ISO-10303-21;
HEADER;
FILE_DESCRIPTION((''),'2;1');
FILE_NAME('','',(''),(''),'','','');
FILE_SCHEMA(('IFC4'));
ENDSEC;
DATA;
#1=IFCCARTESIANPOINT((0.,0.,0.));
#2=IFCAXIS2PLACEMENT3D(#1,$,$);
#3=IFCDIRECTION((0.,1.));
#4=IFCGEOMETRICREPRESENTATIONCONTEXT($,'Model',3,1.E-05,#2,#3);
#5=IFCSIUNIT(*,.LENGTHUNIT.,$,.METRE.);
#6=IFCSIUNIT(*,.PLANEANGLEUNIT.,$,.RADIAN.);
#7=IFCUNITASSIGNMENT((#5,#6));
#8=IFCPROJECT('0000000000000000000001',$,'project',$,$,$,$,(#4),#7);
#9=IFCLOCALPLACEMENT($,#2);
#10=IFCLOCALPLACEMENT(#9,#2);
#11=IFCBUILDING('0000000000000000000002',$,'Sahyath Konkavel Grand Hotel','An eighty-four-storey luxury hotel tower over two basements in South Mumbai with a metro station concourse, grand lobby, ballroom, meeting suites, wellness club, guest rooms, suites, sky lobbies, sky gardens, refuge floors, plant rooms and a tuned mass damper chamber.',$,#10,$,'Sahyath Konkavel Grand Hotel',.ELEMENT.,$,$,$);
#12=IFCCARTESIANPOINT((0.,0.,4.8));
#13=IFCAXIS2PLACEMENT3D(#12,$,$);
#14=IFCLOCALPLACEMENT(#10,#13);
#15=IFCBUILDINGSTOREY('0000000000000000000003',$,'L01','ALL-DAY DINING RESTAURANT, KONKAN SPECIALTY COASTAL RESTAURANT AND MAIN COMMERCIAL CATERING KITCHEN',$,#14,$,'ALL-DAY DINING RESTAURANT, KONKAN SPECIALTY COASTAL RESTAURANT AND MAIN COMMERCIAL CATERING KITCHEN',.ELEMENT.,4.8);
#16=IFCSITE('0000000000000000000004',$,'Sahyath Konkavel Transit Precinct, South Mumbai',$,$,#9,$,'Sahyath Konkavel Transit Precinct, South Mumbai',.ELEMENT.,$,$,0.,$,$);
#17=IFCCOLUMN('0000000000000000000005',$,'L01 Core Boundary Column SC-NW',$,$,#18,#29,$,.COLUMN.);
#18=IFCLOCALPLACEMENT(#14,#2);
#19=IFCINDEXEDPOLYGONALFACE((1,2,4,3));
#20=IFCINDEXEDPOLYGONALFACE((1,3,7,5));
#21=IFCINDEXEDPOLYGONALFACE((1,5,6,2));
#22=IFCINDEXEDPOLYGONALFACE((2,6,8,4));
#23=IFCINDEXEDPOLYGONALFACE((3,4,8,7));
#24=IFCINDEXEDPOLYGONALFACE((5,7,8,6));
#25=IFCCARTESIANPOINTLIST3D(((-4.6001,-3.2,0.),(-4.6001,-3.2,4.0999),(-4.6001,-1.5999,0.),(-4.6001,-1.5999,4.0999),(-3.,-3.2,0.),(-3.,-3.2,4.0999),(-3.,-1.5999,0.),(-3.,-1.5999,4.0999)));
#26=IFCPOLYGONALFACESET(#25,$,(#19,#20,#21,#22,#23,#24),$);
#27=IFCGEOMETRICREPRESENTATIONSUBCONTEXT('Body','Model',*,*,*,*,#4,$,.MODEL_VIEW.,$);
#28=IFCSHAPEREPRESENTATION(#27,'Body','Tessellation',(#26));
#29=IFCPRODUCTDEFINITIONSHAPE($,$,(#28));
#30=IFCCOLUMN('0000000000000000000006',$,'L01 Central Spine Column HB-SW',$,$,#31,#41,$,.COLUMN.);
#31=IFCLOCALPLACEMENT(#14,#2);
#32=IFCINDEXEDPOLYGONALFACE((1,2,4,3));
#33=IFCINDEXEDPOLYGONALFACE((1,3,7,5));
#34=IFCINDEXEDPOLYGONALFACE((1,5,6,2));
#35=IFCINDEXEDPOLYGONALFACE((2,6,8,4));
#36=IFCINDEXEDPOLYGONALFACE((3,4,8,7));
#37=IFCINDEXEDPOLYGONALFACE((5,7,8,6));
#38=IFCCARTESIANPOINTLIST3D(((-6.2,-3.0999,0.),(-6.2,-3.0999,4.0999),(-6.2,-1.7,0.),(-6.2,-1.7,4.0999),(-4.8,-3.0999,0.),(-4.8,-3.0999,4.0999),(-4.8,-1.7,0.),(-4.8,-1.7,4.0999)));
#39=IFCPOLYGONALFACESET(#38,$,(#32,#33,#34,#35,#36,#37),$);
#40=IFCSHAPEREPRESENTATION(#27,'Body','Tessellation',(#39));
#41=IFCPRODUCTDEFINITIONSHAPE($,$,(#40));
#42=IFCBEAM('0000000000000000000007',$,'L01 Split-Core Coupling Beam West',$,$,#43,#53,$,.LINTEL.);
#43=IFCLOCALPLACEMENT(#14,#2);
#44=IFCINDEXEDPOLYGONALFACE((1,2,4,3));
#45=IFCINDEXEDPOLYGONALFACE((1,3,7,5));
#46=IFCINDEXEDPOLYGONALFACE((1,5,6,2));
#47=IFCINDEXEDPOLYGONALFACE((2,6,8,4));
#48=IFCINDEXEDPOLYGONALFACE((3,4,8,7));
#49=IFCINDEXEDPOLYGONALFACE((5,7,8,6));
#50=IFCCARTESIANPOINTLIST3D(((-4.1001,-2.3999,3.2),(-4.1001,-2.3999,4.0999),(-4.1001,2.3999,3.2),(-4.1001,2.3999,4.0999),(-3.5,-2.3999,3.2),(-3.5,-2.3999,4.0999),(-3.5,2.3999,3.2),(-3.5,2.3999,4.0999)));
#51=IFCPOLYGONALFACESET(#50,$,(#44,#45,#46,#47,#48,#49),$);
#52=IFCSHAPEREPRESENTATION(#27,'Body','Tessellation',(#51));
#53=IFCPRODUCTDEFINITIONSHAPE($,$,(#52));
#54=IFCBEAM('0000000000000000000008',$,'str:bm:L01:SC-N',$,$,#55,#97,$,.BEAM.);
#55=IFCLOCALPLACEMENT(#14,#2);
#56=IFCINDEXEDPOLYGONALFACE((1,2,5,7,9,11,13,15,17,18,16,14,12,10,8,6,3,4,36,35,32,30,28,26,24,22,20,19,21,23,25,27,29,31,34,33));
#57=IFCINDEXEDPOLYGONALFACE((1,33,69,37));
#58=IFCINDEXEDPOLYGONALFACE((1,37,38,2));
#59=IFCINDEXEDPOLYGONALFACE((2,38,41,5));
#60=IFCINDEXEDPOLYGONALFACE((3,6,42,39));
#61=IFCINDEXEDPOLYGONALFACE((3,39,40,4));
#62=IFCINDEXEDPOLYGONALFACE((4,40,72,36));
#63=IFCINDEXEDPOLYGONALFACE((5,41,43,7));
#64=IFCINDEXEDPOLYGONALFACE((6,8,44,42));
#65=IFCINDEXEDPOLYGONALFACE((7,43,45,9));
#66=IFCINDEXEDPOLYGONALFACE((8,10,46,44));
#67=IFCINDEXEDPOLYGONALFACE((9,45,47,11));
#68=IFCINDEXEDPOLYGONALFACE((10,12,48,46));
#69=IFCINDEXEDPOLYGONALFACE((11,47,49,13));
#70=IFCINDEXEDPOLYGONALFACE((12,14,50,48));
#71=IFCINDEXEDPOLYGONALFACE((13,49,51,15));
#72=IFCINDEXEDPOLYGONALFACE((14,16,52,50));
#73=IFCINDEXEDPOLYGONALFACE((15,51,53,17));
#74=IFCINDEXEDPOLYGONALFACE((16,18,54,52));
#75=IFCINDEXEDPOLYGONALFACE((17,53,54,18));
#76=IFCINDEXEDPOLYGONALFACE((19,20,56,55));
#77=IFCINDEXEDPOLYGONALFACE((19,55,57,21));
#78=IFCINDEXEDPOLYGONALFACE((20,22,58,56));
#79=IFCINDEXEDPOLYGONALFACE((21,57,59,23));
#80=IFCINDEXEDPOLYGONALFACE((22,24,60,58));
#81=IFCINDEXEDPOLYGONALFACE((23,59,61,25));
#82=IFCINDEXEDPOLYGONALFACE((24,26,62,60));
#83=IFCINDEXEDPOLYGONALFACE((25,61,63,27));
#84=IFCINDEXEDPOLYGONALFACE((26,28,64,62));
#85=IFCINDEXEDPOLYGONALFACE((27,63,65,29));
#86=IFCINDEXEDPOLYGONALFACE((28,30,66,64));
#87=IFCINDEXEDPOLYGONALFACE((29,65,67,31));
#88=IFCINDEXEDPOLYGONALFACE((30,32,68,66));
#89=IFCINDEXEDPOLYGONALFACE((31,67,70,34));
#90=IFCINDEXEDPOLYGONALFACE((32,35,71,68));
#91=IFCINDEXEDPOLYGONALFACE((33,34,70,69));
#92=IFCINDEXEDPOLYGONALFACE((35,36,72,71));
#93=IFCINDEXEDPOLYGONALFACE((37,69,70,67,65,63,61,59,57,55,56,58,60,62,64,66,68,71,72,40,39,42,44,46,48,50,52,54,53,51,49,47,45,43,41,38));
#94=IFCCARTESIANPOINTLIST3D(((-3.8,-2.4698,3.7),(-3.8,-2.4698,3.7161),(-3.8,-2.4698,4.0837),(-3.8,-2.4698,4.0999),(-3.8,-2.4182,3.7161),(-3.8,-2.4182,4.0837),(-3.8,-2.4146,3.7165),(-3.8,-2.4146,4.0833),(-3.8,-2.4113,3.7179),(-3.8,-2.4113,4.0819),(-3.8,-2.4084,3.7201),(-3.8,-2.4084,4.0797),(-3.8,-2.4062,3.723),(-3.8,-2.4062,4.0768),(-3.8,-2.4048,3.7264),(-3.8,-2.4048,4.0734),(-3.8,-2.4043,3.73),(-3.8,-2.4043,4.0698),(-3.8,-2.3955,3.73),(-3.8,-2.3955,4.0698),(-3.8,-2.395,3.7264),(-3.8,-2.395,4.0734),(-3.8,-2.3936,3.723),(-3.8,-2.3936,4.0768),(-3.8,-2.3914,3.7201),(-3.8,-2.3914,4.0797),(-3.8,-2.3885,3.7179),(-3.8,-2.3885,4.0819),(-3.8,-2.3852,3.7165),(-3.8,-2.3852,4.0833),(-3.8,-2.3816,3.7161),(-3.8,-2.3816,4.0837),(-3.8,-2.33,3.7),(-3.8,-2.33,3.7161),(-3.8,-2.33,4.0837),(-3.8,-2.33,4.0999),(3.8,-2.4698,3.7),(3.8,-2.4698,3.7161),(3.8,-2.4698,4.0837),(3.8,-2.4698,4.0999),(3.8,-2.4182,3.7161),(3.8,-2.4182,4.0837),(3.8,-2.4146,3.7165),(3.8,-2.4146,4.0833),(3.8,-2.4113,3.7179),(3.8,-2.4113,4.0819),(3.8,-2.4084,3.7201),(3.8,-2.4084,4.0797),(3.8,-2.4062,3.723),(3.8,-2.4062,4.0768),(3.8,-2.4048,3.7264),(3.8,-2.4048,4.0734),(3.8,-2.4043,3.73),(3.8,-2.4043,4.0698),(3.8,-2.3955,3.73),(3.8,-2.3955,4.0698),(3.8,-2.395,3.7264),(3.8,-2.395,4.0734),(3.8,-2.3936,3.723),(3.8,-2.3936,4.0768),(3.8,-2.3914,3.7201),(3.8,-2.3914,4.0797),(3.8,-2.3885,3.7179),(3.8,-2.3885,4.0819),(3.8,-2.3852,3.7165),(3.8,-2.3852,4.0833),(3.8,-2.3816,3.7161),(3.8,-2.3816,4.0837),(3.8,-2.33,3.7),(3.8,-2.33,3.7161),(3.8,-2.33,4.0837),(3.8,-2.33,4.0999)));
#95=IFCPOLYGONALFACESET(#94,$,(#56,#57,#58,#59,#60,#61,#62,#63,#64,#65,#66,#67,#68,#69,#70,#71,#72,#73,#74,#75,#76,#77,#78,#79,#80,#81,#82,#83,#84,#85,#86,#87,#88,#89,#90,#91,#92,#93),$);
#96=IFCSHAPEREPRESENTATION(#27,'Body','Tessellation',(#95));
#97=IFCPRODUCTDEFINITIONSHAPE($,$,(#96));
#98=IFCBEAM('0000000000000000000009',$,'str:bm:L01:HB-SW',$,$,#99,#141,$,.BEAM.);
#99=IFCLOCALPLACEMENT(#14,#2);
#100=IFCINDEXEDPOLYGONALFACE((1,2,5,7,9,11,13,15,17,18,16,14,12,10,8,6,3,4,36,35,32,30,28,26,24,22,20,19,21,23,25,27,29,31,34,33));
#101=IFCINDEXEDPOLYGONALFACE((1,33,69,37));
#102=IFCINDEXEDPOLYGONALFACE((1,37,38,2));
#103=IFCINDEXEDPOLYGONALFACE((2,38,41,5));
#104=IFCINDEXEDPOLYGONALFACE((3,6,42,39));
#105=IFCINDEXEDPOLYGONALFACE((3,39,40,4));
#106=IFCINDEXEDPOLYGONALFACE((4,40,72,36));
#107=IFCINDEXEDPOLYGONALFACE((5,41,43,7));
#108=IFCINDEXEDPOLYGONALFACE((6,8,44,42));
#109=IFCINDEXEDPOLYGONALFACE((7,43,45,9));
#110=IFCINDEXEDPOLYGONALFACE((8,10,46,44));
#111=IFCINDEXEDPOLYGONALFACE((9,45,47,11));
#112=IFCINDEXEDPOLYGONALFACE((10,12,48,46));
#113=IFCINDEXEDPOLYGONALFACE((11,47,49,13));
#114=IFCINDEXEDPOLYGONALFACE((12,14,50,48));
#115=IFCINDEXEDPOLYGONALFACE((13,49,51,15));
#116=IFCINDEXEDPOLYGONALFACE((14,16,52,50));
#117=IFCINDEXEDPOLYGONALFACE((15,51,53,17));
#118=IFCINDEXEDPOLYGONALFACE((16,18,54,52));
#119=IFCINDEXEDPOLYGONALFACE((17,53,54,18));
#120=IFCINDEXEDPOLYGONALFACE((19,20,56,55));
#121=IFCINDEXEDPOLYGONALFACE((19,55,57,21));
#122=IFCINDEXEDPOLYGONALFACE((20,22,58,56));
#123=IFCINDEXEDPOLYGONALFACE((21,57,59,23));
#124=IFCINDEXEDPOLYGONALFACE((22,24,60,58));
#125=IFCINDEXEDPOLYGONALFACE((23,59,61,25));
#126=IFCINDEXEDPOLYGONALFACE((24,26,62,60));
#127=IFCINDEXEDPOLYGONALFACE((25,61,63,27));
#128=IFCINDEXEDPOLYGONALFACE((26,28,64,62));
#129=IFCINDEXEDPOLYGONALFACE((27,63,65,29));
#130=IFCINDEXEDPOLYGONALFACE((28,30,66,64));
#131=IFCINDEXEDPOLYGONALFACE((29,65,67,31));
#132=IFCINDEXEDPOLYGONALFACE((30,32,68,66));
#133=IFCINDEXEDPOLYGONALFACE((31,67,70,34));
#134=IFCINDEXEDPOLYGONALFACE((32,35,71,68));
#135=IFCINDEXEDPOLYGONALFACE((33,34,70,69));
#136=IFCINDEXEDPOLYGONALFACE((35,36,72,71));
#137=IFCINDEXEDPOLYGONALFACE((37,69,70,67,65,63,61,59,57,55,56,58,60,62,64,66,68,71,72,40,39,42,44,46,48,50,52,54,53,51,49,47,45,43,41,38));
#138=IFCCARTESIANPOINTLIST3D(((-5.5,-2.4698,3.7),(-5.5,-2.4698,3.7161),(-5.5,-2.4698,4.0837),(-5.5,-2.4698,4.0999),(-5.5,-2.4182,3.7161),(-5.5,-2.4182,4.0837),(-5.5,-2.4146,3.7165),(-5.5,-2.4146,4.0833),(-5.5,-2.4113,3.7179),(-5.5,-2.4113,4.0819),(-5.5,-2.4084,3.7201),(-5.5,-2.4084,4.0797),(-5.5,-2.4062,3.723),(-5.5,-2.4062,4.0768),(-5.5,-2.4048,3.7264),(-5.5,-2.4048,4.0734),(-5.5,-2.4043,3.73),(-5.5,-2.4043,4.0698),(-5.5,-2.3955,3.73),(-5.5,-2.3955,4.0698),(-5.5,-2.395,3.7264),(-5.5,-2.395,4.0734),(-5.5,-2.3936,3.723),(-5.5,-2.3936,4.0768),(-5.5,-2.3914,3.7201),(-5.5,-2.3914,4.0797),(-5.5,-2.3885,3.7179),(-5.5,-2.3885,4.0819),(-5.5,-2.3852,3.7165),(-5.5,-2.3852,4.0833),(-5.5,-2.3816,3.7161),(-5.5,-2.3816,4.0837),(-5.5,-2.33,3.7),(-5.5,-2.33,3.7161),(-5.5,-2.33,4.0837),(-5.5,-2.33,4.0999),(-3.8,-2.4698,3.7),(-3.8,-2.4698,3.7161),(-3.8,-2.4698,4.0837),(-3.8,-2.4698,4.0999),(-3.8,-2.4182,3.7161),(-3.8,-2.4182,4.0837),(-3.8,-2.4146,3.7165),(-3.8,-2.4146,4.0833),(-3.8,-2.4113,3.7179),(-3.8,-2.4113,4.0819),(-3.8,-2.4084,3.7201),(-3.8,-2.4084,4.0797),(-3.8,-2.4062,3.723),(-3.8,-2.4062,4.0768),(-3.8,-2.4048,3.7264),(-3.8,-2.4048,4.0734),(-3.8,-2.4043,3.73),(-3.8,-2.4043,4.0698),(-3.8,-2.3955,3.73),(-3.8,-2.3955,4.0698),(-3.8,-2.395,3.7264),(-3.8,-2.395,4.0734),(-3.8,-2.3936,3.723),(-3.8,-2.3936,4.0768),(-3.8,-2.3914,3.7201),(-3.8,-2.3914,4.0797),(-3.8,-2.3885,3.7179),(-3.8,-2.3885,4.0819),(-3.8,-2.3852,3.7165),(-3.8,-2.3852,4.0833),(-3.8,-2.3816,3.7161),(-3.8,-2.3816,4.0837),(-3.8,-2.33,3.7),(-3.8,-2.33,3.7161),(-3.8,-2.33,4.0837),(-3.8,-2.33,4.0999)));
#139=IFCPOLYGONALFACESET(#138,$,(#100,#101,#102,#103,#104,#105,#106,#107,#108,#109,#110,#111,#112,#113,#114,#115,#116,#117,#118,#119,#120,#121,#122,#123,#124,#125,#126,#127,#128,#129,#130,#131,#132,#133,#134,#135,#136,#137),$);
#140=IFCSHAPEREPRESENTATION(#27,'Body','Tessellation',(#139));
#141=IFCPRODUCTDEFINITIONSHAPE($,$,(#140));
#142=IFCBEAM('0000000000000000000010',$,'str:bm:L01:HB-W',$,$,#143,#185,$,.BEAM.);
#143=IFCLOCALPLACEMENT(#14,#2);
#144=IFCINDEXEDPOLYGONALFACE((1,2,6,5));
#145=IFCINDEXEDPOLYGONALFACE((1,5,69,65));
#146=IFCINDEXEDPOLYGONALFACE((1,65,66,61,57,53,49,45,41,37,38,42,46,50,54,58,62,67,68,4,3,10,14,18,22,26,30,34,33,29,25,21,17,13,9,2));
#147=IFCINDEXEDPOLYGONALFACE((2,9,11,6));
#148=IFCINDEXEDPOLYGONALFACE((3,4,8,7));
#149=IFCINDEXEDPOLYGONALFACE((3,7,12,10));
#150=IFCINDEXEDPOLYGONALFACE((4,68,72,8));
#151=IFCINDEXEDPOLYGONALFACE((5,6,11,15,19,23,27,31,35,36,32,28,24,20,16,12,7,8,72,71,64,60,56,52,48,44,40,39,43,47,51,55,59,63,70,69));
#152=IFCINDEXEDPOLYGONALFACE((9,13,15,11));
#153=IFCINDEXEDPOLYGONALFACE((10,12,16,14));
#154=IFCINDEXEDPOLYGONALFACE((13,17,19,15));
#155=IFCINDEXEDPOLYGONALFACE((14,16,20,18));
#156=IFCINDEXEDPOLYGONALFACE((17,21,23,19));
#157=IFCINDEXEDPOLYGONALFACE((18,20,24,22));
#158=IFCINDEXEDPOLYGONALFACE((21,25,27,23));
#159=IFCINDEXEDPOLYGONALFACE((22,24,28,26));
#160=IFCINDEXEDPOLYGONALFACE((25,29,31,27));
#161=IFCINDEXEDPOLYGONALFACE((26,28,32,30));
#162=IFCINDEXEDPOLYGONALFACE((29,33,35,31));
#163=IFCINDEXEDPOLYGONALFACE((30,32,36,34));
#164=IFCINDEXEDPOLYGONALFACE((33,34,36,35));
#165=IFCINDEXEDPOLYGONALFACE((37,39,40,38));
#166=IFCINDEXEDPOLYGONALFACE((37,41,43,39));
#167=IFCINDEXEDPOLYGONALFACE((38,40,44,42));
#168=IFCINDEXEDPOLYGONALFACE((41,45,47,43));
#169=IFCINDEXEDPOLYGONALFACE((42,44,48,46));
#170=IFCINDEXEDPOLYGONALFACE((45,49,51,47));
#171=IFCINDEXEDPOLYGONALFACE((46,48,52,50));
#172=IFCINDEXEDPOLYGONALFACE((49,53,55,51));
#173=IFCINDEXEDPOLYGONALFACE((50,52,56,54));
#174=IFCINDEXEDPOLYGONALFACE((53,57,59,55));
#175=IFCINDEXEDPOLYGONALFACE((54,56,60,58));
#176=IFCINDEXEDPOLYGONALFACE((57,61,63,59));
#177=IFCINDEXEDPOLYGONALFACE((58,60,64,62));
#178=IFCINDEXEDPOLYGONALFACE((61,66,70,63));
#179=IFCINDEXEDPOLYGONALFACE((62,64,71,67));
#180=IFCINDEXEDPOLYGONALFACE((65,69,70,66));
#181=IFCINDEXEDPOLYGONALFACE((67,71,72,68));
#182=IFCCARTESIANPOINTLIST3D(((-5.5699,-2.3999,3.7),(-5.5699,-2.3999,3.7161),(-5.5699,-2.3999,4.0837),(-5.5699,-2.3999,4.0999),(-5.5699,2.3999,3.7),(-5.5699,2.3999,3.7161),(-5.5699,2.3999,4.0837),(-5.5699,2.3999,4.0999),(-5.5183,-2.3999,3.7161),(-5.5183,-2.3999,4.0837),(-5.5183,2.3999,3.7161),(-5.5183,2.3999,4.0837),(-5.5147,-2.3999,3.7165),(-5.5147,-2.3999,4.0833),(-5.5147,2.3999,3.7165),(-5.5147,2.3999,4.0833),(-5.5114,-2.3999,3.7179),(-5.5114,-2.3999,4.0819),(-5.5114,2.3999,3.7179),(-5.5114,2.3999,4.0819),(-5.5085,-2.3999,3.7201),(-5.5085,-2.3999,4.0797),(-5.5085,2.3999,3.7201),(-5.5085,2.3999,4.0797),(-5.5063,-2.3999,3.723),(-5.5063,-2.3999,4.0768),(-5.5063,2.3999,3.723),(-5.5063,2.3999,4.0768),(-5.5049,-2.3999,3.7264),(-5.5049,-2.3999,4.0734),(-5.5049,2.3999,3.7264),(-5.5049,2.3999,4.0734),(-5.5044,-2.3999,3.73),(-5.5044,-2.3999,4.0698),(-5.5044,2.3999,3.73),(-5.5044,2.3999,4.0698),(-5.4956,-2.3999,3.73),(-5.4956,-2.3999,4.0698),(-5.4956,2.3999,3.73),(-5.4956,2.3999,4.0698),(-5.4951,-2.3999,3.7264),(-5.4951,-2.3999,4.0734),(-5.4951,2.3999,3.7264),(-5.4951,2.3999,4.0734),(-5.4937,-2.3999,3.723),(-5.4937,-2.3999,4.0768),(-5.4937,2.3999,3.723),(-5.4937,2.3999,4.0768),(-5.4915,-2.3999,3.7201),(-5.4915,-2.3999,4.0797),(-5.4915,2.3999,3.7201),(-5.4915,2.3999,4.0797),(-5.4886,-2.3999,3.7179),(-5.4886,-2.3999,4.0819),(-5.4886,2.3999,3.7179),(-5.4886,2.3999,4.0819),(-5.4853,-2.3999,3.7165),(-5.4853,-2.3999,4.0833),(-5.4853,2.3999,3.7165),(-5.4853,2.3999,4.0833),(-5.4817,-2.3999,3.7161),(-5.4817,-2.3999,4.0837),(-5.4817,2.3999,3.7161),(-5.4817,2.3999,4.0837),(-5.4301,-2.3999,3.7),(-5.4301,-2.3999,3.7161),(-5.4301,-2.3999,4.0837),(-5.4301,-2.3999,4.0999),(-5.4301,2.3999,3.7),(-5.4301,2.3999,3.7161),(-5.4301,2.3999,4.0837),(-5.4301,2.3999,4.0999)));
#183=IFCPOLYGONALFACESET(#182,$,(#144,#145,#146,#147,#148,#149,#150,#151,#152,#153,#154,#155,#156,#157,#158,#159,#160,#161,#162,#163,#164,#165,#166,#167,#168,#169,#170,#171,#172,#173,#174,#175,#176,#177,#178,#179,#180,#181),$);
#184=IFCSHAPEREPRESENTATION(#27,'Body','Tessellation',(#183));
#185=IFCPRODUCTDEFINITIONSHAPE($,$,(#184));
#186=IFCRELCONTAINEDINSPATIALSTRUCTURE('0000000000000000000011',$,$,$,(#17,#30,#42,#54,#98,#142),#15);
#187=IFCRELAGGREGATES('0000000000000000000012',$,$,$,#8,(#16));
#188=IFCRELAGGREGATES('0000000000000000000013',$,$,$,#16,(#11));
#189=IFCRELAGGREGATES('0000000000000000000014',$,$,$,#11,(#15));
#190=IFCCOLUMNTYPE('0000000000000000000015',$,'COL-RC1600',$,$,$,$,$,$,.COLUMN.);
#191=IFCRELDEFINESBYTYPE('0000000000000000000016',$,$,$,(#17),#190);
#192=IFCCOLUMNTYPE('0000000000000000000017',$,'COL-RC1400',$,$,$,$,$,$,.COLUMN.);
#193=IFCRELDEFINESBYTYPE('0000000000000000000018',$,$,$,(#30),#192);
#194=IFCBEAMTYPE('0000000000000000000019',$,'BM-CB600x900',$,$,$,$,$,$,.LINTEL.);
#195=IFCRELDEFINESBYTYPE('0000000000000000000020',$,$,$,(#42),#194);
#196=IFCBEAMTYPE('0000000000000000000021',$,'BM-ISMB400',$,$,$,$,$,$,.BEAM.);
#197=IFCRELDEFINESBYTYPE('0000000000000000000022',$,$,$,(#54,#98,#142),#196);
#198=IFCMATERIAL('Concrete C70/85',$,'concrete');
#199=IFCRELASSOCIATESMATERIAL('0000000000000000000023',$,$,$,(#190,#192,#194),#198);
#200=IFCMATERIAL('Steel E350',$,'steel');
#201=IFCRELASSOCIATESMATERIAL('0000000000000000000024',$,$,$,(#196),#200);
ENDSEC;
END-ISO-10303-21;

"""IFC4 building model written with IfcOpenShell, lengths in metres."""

from ifc_helpers import new_model, si_unit, direction, frame, origin, origin_2d, place, context, subcontext, project, spatial, rectangle, i_section, extrude, source, transform, mapped, material, material_profile, profile_set, type_object, element, save


model = new_model("IFC4")

# Units and contexts
model_context = context("Model", 3, precision=1e-05, world=origin(), true_north=direction((0.0, 1.0)))
body_context = subcontext(model_context, "Body", "Model", "MODEL_VIEW")
ifc_project = project(units=[si_unit("LENGTHUNIT", "METRE"), si_unit("PLANEANGLEUNIT", "RADIAN")], contexts=[model_context])

# Site, building, storey
site_placement = place(None, origin())
site = spatial("IfcSite", under=ifc_project, at=site_placement, Name="Sahyath Konkavel Transit Precinct, South Mumbai", LongName="Sahyath Konkavel Transit Precinct, South Mumbai", CompositionType="ELEMENT", RefElevation=0.0)
building_placement = place(site_placement, origin())
building = spatial("IfcBuilding", under=site, at=building_placement, Name="Sahyath Konkavel Grand Hotel", Description="An eighty-four-storey luxury hotel tower over two basements in South Mumbai with a metro station concourse, grand lobby, ballroom, meeting suites, wellness club, guest rooms, suites, sky lobbies, sky gardens, refuge floors, plant rooms and a tuned mass damper chamber.", LongName="Sahyath Konkavel Grand Hotel", CompositionType="ELEMENT")
storey_placement = place(building_placement, frame((0.0, 0.0, 4.8)))
storey = spatial("IfcBuildingStorey", under=building, at=storey_placement, Name="L01", Description="ALL-DAY DINING RESTAURANT, KONKAN SPECIALTY COASTAL RESTAURANT AND MAIN COMMERCIAL CATERING KITCHEN", LongName="ALL-DAY DINING RESTAURANT, KONKAN SPECIALTY COASTAL RESTAURANT AND MAIN COMMERCIAL CATERING KITCHEN", CompositionType="ELEMENT", Elevation=4.8)

# Columns
ifc_material_1 = material(Name="Concrete C70/85", Category="concrete")
ifc_material_profile_1 = material_profile(ifc_material_1, rectangle(XDim=1.6001, YDim=1.6001, at=origin_2d()), Name="RC 1600x1600")
ifc_profile_set_1 = profile_set([ifc_material_profile_1], Name="Concrete C70/85")
column_type_1 = type_object("IfcColumnType", Name="COL-RC1600", PredefinedType="COLUMN", material=ifc_profile_set_1)
shared_shape_1 = source(origin(), body_context, "Body", "SweptSolid", [
    extrude(rectangle(XDim=1.6001, YDim=1.6001, at=origin_2d()), origin(), (0.0, 0.0, 1.0), 4.0999),
])
column_1_placement = place(storey_placement, frame((-3.8, -2.3999, 0.0), z_axis=(0.0, 0.0, 1.0), x_axis=(1.0, 0.0, 0.0)))
element("IfcColumn", 1, at=column_1_placement, inside=storey, type_object=column_type_1, Name="L01 Core Boundary Column SC-NW", PredefinedType="COLUMN", context=body_context, shape_type="MappedRepresentation", body=[
    mapped(shared_shape_1, transform((0.0, 0.0, 0.0), scale=1.0)),
])
ifc_material_profile_2 = material_profile(ifc_material_1, rectangle(XDim=1.3999, YDim=1.3999, at=origin_2d()), Name="RC 1400x1400")
ifc_profile_set_2 = profile_set([ifc_material_profile_2], Name="Concrete C70/85")
column_type_2 = type_object("IfcColumnType", Name="COL-RC1400", PredefinedType="COLUMN", material=ifc_profile_set_2)
shared_shape_2 = source(origin(), body_context, "Body", "SweptSolid", [
    extrude(rectangle(XDim=1.3999, YDim=1.3999, at=origin_2d()), origin(), (0.0, 0.0, 1.0), 4.0999),
])
column_2_placement = place(storey_placement, frame((-5.5, -2.3999, 0.0), z_axis=(0.0, 0.0, 1.0), x_axis=(1.0, 0.0, 0.0)))
element("IfcColumn", 2, at=column_2_placement, inside=storey, type_object=column_type_2, Name="L01 Central Spine Column HB-SW", PredefinedType="COLUMN", context=body_context, shape_type="MappedRepresentation", body=[
    mapped(shared_shape_2, transform((0.0, 0.0, 0.0), scale=1.0)),
])

# Beams
ifc_material_profile_3 = material_profile(ifc_material_1, rectangle(XDim=0.6001, YDim=0.8999, at=origin_2d()), Name="RC 600x900")
ifc_profile_set_3 = profile_set([ifc_material_profile_3], Name="Concrete C70/85")
beam_type_1 = type_object("IfcBeamType", Name="BM-CB600x900", PredefinedType="LINTEL", material=ifc_profile_set_3)
shared_shape_3 = source(origin(), body_context, "Body", "SweptSolid", [
    extrude(rectangle(XDim=0.6001, YDim=0.8999, at=origin_2d()), origin(), (0.0, 0.0, 1.0), 4.7998),
])
beam_1_placement = place(storey_placement, frame((-3.8, -2.3999, 3.6499), z_axis=(0.0, 1.0, 0.0), x_axis=(-1.0, 0.0, 0.0)))
element("IfcBeam", 3, at=beam_1_placement, inside=storey, type_object=beam_type_1, Name="L01 Split-Core Coupling Beam West", PredefinedType="LINTEL", context=body_context, shape_type="MappedRepresentation", body=[
    mapped(shared_shape_3, transform((0.0, 0.0, 0.0), scale=1.0)),
])
ifc_material_2 = material(Name="Steel E350", Category="steel")
ifc_material_profile_4 = material_profile(ifc_material_2, i_section(OverallWidth=0.1399, OverallDepth=0.3999, WebThickness=0.0088, FlangeThickness=0.0161, FilletRadius=0.0139, at=origin_2d()), Name="ISMB 400")
ifc_profile_set_4 = profile_set([ifc_material_profile_4], Name="Steel E350")
beam_type_2 = type_object("IfcBeamType", Name="BM-ISMB400", PredefinedType="BEAM", material=ifc_profile_set_4)
shared_shape_4 = source(origin(), body_context, "Body", "SweptSolid", [
    extrude(i_section(OverallWidth=0.1399, OverallDepth=0.3999, WebThickness=0.0088, FlangeThickness=0.0161, FilletRadius=0.0139, at=origin_2d()), origin(), (0.0, 0.0, 1.0), 7.6001),
])
beam_2_placement = place(storey_placement, frame((-3.8, -2.3999, 3.8999), z_axis=(1.0, 0.0, 0.0), x_axis=(0.0, 1.0, 0.0)))
element("IfcBeam", 4, at=beam_2_placement, inside=storey, type_object=beam_type_2, Name="str:bm:L01:SC-N", PredefinedType="BEAM", context=body_context, shape_type="MappedRepresentation", body=[
    mapped(shared_shape_4, transform((0.0, 0.0, 0.0), scale=1.0)),
])
shared_shape_5 = source(origin(), body_context, "Body", "SweptSolid", [
    extrude(i_section(OverallWidth=0.1399, OverallDepth=0.3999, WebThickness=0.0088, FlangeThickness=0.0161, FilletRadius=0.0139, at=origin_2d()), origin(), (0.0, 0.0, 1.0), 1.7),
])
beam_3_placement = place(storey_placement, frame((-5.5, -2.3999, 3.8999), z_axis=(1.0, 0.0, 0.0), x_axis=(0.0, 1.0, 0.0)))
element("IfcBeam", 5, at=beam_3_placement, inside=storey, type_object=beam_type_2, Name="str:bm:L01:HB-SW", PredefinedType="BEAM", context=body_context, shape_type="MappedRepresentation", body=[
    mapped(shared_shape_5, transform((0.0, 0.0, 0.0), scale=1.0)),
])
shared_shape_6 = source(origin(), body_context, "Body", "SweptSolid", [
    extrude(i_section(OverallWidth=0.1399, OverallDepth=0.3999, WebThickness=0.0088, FlangeThickness=0.0161, FilletRadius=0.0139, at=origin_2d()), origin(), (0.0, 0.0, 1.0), 4.7998),
])
beam_4_placement = place(storey_placement, frame((-5.5, -2.3999, 3.8999), z_axis=(0.0, 1.0, 0.0), x_axis=(-1.0, 0.0, 0.0)))
element("IfcBeam", 6, at=beam_4_placement, inside=storey, type_object=beam_type_2, Name="str:bm:L01:HB-W", PredefinedType="BEAM", context=body_context, shape_type="MappedRepresentation", body=[
    mapped(shared_shape_6, transform((0.0, 0.0, 0.0), scale=1.0)),
])

save(model, "model.ifc")
